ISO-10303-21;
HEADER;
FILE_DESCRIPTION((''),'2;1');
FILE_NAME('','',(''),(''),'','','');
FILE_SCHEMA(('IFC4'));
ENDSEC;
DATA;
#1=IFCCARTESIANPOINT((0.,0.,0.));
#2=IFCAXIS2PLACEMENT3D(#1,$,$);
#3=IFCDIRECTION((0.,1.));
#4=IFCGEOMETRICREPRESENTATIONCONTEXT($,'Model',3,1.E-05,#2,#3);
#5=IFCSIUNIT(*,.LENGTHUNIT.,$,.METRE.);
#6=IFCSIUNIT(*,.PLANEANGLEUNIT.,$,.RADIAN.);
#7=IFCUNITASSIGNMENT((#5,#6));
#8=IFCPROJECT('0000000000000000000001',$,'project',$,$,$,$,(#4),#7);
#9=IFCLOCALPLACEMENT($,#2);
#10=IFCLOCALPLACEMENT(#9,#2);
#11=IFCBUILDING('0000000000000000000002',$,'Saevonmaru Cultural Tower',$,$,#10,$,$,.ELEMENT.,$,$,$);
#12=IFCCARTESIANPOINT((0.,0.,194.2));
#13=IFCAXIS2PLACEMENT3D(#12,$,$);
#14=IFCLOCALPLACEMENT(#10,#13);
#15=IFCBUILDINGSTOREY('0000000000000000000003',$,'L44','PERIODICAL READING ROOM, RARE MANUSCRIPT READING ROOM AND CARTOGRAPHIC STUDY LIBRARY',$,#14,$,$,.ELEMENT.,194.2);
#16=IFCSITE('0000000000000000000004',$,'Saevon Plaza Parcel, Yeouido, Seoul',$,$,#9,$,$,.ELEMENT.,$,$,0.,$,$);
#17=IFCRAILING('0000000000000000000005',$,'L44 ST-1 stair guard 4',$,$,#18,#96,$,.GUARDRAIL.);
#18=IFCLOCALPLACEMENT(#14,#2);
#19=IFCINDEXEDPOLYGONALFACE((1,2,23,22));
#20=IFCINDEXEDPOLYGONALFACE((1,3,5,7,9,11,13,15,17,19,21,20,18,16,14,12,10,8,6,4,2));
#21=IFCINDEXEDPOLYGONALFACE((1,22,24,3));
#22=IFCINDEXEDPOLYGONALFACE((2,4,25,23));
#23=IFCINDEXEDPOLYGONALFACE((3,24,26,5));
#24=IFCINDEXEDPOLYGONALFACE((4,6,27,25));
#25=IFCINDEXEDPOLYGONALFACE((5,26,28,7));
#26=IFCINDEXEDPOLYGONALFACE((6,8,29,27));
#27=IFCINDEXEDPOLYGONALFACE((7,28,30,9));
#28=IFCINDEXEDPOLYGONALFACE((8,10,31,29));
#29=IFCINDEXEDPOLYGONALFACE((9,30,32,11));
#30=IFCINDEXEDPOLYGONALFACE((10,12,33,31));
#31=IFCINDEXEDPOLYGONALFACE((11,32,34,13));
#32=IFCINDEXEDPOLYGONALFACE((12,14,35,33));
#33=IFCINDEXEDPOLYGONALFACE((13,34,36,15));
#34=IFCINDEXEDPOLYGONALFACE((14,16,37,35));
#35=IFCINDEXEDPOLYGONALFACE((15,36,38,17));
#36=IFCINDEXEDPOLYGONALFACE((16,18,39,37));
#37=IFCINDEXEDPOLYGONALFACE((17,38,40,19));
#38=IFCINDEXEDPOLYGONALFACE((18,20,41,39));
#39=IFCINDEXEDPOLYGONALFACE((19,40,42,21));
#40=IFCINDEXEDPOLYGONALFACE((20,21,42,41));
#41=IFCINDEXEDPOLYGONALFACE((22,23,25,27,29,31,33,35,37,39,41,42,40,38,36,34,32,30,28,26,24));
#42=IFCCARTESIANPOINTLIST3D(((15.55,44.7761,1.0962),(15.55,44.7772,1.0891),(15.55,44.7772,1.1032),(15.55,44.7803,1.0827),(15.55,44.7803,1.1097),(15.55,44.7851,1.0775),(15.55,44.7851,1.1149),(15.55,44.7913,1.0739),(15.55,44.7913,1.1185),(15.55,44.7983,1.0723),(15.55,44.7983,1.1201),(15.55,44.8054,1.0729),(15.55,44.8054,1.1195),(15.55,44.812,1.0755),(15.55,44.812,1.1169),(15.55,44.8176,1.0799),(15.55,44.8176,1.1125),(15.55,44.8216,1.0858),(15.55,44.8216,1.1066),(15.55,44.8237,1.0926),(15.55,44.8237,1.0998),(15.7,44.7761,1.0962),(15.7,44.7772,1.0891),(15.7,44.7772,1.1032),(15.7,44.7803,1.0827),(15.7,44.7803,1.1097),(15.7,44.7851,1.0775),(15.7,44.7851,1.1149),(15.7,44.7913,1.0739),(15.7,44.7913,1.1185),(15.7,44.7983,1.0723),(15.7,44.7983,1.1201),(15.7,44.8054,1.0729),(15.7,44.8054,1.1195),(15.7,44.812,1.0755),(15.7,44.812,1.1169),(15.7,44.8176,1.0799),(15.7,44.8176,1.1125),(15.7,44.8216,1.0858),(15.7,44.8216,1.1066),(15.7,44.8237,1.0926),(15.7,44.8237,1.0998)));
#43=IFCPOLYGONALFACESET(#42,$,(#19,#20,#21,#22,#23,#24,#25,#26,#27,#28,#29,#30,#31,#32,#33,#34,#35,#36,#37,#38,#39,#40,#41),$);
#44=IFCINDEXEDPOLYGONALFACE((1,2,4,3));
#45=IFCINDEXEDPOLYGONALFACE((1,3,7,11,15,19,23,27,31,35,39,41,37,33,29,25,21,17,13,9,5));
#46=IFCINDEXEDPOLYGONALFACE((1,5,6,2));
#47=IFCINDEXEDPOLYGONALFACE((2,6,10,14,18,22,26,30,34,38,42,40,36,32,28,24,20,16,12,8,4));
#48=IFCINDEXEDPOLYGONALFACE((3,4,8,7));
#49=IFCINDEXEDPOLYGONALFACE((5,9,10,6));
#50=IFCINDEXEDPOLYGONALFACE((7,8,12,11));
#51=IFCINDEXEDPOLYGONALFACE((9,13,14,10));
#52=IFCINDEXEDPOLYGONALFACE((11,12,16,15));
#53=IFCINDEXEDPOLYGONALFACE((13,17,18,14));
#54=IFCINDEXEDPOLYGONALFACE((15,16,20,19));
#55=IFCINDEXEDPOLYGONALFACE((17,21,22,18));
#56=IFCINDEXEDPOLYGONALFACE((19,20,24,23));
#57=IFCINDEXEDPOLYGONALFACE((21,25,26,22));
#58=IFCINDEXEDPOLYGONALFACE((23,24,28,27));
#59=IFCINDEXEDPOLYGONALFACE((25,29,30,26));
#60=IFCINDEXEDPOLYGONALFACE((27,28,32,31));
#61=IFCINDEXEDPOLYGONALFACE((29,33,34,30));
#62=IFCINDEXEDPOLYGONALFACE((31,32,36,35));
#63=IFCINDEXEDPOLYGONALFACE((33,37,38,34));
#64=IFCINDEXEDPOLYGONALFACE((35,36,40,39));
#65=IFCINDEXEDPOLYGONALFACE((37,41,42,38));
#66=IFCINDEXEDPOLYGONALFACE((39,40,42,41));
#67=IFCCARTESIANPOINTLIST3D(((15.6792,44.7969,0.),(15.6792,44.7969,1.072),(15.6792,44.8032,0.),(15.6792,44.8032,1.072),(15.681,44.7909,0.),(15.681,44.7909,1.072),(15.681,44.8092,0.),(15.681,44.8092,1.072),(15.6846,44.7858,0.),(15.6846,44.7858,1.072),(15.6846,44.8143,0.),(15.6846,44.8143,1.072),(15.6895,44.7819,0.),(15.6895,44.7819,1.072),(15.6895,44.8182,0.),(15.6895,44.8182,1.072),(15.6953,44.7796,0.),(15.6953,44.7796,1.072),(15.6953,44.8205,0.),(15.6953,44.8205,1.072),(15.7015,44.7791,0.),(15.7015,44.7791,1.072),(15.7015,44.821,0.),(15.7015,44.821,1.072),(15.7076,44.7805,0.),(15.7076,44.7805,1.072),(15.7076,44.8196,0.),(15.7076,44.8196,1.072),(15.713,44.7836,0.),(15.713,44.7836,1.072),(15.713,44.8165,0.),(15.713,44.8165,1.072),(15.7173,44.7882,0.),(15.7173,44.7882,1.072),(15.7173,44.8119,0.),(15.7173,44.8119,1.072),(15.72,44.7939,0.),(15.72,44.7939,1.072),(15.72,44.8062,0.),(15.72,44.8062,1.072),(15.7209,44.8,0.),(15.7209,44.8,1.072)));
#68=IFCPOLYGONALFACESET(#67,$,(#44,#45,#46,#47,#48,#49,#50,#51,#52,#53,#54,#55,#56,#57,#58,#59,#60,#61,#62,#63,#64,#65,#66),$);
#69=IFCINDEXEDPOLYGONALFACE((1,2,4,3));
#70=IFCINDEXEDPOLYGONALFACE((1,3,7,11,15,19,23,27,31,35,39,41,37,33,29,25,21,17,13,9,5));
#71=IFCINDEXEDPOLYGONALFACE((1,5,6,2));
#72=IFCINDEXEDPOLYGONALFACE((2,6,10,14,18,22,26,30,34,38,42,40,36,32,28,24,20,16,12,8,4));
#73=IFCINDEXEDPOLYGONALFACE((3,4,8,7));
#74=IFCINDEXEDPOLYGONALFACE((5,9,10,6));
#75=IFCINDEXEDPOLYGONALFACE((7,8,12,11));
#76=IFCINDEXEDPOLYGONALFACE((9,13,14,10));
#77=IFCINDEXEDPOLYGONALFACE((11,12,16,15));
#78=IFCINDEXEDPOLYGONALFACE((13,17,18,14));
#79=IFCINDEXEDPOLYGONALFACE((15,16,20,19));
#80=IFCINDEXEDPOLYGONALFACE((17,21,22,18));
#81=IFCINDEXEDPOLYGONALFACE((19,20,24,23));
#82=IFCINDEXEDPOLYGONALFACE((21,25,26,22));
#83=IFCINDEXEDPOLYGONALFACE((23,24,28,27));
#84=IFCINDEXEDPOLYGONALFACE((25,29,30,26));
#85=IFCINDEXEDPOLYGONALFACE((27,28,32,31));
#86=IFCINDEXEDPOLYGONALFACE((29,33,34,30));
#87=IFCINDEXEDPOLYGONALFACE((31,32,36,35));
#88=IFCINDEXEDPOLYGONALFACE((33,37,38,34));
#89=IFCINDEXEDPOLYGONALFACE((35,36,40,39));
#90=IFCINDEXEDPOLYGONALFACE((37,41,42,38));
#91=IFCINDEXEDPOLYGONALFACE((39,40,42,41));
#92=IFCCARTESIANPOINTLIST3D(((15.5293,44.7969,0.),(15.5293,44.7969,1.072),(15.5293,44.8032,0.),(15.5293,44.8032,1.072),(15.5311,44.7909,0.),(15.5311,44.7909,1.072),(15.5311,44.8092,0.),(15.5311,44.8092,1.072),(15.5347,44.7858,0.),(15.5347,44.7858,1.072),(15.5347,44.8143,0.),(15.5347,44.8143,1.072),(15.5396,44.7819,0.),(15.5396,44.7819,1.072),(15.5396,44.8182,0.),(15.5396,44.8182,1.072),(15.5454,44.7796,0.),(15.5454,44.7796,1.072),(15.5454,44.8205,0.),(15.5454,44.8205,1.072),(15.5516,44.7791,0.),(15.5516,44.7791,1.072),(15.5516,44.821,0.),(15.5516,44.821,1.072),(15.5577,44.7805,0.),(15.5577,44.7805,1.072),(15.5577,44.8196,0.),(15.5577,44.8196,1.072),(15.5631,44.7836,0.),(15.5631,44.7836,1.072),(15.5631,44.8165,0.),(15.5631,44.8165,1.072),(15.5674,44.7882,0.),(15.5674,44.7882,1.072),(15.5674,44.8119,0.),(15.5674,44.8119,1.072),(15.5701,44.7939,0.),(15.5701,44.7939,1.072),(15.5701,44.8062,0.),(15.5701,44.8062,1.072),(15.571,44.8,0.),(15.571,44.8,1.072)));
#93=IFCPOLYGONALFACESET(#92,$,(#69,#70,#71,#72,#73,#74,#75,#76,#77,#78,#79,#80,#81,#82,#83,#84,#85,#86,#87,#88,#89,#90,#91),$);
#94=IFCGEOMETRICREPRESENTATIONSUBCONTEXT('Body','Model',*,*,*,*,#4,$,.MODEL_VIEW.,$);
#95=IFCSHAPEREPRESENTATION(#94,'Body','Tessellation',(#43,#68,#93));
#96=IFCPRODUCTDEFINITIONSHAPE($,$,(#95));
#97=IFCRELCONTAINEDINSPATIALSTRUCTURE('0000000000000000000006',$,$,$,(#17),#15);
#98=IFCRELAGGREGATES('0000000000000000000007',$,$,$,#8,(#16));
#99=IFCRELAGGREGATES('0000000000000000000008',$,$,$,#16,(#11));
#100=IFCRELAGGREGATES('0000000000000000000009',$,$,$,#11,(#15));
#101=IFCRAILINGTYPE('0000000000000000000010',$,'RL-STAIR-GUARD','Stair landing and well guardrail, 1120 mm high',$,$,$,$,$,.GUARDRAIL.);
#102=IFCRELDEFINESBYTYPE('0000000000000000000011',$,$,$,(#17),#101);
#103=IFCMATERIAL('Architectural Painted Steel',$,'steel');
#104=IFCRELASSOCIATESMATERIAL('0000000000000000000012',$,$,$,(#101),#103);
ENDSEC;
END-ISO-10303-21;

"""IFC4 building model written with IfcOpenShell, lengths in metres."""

from ifc_helpers import new_model, si_unit, direction, frame, origin, origin_2d, place, context, subcontext, project, spatial, circle, extrude, material, type_object, element, save


model = new_model("IFC4")

# Units and contexts
model_context = context("Model", 3, precision=1e-05, world=origin(), true_north=direction((0.0, 1.0)))
body_context = subcontext(model_context, "Body", "Model", "MODEL_VIEW")
ifc_project = project(units=[si_unit("LENGTHUNIT", "METRE"), si_unit("PLANEANGLEUNIT", "RADIAN")], contexts=[model_context])

# Site, building, storey
site_placement = place(None, origin())
site = spatial("IfcSite", under=ifc_project, at=site_placement, Name="Saevon Plaza Parcel, Yeouido, Seoul", CompositionType="ELEMENT", RefElevation=0.0)
building_placement = place(site_placement, origin())
building = spatial("IfcBuilding", under=site, at=building_placement, Name="Saevonmaru Cultural Tower", CompositionType="ELEMENT")
storey_placement = place(building_placement, frame((0.0, 0.0, 194.2)))
storey = spatial("IfcBuildingStorey", under=building, at=storey_placement, Name="L44", Description="PERIODICAL READING ROOM, RARE MANUSCRIPT READING ROOM AND CARTOGRAPHIC STUDY LIBRARY", CompositionType="ELEMENT", Elevation=194.2)

# Railing
ifc_material_1 = material(Name="Architectural Painted Steel", Category="steel")
railing_type_1 = type_object("IfcRailingType", Name="RL-STAIR-GUARD", Description="Stair landing and well guardrail, 1120 mm high", PredefinedType="GUARDRAIL", material=ifc_material_1)
railing_1_placement = place(storey_placement, frame((15.7, 44.8, 0.0)))
element("IfcRailing", 1, at=railing_1_placement, inside=storey, type_object=railing_type_1, Name="L44 ST-1 stair guard 4", PredefinedType="GUARDRAIL", context=body_context, shape_type="SweptSolid", body=[
    extrude(circle(Radius=0.0239, at=origin_2d()), frame((0.0, 0.0, 1.0962), z_axis=(-1.0, 0.0, 0.0), x_axis=(0.0, -1.0, 0.0)), (0.0, 0.0, 1.0), 0.1499),
    extrude(circle(Radius=0.021, at=origin_2d()), origin(), (0.0, 0.0, 1.0), 1.072),
    extrude(circle(Radius=0.021, at=origin_2d()), frame((-0.1499, 0.0, 0.0)), (0.0, 0.0, 1.0), 1.072),
])

save(model, "model.ifc")
